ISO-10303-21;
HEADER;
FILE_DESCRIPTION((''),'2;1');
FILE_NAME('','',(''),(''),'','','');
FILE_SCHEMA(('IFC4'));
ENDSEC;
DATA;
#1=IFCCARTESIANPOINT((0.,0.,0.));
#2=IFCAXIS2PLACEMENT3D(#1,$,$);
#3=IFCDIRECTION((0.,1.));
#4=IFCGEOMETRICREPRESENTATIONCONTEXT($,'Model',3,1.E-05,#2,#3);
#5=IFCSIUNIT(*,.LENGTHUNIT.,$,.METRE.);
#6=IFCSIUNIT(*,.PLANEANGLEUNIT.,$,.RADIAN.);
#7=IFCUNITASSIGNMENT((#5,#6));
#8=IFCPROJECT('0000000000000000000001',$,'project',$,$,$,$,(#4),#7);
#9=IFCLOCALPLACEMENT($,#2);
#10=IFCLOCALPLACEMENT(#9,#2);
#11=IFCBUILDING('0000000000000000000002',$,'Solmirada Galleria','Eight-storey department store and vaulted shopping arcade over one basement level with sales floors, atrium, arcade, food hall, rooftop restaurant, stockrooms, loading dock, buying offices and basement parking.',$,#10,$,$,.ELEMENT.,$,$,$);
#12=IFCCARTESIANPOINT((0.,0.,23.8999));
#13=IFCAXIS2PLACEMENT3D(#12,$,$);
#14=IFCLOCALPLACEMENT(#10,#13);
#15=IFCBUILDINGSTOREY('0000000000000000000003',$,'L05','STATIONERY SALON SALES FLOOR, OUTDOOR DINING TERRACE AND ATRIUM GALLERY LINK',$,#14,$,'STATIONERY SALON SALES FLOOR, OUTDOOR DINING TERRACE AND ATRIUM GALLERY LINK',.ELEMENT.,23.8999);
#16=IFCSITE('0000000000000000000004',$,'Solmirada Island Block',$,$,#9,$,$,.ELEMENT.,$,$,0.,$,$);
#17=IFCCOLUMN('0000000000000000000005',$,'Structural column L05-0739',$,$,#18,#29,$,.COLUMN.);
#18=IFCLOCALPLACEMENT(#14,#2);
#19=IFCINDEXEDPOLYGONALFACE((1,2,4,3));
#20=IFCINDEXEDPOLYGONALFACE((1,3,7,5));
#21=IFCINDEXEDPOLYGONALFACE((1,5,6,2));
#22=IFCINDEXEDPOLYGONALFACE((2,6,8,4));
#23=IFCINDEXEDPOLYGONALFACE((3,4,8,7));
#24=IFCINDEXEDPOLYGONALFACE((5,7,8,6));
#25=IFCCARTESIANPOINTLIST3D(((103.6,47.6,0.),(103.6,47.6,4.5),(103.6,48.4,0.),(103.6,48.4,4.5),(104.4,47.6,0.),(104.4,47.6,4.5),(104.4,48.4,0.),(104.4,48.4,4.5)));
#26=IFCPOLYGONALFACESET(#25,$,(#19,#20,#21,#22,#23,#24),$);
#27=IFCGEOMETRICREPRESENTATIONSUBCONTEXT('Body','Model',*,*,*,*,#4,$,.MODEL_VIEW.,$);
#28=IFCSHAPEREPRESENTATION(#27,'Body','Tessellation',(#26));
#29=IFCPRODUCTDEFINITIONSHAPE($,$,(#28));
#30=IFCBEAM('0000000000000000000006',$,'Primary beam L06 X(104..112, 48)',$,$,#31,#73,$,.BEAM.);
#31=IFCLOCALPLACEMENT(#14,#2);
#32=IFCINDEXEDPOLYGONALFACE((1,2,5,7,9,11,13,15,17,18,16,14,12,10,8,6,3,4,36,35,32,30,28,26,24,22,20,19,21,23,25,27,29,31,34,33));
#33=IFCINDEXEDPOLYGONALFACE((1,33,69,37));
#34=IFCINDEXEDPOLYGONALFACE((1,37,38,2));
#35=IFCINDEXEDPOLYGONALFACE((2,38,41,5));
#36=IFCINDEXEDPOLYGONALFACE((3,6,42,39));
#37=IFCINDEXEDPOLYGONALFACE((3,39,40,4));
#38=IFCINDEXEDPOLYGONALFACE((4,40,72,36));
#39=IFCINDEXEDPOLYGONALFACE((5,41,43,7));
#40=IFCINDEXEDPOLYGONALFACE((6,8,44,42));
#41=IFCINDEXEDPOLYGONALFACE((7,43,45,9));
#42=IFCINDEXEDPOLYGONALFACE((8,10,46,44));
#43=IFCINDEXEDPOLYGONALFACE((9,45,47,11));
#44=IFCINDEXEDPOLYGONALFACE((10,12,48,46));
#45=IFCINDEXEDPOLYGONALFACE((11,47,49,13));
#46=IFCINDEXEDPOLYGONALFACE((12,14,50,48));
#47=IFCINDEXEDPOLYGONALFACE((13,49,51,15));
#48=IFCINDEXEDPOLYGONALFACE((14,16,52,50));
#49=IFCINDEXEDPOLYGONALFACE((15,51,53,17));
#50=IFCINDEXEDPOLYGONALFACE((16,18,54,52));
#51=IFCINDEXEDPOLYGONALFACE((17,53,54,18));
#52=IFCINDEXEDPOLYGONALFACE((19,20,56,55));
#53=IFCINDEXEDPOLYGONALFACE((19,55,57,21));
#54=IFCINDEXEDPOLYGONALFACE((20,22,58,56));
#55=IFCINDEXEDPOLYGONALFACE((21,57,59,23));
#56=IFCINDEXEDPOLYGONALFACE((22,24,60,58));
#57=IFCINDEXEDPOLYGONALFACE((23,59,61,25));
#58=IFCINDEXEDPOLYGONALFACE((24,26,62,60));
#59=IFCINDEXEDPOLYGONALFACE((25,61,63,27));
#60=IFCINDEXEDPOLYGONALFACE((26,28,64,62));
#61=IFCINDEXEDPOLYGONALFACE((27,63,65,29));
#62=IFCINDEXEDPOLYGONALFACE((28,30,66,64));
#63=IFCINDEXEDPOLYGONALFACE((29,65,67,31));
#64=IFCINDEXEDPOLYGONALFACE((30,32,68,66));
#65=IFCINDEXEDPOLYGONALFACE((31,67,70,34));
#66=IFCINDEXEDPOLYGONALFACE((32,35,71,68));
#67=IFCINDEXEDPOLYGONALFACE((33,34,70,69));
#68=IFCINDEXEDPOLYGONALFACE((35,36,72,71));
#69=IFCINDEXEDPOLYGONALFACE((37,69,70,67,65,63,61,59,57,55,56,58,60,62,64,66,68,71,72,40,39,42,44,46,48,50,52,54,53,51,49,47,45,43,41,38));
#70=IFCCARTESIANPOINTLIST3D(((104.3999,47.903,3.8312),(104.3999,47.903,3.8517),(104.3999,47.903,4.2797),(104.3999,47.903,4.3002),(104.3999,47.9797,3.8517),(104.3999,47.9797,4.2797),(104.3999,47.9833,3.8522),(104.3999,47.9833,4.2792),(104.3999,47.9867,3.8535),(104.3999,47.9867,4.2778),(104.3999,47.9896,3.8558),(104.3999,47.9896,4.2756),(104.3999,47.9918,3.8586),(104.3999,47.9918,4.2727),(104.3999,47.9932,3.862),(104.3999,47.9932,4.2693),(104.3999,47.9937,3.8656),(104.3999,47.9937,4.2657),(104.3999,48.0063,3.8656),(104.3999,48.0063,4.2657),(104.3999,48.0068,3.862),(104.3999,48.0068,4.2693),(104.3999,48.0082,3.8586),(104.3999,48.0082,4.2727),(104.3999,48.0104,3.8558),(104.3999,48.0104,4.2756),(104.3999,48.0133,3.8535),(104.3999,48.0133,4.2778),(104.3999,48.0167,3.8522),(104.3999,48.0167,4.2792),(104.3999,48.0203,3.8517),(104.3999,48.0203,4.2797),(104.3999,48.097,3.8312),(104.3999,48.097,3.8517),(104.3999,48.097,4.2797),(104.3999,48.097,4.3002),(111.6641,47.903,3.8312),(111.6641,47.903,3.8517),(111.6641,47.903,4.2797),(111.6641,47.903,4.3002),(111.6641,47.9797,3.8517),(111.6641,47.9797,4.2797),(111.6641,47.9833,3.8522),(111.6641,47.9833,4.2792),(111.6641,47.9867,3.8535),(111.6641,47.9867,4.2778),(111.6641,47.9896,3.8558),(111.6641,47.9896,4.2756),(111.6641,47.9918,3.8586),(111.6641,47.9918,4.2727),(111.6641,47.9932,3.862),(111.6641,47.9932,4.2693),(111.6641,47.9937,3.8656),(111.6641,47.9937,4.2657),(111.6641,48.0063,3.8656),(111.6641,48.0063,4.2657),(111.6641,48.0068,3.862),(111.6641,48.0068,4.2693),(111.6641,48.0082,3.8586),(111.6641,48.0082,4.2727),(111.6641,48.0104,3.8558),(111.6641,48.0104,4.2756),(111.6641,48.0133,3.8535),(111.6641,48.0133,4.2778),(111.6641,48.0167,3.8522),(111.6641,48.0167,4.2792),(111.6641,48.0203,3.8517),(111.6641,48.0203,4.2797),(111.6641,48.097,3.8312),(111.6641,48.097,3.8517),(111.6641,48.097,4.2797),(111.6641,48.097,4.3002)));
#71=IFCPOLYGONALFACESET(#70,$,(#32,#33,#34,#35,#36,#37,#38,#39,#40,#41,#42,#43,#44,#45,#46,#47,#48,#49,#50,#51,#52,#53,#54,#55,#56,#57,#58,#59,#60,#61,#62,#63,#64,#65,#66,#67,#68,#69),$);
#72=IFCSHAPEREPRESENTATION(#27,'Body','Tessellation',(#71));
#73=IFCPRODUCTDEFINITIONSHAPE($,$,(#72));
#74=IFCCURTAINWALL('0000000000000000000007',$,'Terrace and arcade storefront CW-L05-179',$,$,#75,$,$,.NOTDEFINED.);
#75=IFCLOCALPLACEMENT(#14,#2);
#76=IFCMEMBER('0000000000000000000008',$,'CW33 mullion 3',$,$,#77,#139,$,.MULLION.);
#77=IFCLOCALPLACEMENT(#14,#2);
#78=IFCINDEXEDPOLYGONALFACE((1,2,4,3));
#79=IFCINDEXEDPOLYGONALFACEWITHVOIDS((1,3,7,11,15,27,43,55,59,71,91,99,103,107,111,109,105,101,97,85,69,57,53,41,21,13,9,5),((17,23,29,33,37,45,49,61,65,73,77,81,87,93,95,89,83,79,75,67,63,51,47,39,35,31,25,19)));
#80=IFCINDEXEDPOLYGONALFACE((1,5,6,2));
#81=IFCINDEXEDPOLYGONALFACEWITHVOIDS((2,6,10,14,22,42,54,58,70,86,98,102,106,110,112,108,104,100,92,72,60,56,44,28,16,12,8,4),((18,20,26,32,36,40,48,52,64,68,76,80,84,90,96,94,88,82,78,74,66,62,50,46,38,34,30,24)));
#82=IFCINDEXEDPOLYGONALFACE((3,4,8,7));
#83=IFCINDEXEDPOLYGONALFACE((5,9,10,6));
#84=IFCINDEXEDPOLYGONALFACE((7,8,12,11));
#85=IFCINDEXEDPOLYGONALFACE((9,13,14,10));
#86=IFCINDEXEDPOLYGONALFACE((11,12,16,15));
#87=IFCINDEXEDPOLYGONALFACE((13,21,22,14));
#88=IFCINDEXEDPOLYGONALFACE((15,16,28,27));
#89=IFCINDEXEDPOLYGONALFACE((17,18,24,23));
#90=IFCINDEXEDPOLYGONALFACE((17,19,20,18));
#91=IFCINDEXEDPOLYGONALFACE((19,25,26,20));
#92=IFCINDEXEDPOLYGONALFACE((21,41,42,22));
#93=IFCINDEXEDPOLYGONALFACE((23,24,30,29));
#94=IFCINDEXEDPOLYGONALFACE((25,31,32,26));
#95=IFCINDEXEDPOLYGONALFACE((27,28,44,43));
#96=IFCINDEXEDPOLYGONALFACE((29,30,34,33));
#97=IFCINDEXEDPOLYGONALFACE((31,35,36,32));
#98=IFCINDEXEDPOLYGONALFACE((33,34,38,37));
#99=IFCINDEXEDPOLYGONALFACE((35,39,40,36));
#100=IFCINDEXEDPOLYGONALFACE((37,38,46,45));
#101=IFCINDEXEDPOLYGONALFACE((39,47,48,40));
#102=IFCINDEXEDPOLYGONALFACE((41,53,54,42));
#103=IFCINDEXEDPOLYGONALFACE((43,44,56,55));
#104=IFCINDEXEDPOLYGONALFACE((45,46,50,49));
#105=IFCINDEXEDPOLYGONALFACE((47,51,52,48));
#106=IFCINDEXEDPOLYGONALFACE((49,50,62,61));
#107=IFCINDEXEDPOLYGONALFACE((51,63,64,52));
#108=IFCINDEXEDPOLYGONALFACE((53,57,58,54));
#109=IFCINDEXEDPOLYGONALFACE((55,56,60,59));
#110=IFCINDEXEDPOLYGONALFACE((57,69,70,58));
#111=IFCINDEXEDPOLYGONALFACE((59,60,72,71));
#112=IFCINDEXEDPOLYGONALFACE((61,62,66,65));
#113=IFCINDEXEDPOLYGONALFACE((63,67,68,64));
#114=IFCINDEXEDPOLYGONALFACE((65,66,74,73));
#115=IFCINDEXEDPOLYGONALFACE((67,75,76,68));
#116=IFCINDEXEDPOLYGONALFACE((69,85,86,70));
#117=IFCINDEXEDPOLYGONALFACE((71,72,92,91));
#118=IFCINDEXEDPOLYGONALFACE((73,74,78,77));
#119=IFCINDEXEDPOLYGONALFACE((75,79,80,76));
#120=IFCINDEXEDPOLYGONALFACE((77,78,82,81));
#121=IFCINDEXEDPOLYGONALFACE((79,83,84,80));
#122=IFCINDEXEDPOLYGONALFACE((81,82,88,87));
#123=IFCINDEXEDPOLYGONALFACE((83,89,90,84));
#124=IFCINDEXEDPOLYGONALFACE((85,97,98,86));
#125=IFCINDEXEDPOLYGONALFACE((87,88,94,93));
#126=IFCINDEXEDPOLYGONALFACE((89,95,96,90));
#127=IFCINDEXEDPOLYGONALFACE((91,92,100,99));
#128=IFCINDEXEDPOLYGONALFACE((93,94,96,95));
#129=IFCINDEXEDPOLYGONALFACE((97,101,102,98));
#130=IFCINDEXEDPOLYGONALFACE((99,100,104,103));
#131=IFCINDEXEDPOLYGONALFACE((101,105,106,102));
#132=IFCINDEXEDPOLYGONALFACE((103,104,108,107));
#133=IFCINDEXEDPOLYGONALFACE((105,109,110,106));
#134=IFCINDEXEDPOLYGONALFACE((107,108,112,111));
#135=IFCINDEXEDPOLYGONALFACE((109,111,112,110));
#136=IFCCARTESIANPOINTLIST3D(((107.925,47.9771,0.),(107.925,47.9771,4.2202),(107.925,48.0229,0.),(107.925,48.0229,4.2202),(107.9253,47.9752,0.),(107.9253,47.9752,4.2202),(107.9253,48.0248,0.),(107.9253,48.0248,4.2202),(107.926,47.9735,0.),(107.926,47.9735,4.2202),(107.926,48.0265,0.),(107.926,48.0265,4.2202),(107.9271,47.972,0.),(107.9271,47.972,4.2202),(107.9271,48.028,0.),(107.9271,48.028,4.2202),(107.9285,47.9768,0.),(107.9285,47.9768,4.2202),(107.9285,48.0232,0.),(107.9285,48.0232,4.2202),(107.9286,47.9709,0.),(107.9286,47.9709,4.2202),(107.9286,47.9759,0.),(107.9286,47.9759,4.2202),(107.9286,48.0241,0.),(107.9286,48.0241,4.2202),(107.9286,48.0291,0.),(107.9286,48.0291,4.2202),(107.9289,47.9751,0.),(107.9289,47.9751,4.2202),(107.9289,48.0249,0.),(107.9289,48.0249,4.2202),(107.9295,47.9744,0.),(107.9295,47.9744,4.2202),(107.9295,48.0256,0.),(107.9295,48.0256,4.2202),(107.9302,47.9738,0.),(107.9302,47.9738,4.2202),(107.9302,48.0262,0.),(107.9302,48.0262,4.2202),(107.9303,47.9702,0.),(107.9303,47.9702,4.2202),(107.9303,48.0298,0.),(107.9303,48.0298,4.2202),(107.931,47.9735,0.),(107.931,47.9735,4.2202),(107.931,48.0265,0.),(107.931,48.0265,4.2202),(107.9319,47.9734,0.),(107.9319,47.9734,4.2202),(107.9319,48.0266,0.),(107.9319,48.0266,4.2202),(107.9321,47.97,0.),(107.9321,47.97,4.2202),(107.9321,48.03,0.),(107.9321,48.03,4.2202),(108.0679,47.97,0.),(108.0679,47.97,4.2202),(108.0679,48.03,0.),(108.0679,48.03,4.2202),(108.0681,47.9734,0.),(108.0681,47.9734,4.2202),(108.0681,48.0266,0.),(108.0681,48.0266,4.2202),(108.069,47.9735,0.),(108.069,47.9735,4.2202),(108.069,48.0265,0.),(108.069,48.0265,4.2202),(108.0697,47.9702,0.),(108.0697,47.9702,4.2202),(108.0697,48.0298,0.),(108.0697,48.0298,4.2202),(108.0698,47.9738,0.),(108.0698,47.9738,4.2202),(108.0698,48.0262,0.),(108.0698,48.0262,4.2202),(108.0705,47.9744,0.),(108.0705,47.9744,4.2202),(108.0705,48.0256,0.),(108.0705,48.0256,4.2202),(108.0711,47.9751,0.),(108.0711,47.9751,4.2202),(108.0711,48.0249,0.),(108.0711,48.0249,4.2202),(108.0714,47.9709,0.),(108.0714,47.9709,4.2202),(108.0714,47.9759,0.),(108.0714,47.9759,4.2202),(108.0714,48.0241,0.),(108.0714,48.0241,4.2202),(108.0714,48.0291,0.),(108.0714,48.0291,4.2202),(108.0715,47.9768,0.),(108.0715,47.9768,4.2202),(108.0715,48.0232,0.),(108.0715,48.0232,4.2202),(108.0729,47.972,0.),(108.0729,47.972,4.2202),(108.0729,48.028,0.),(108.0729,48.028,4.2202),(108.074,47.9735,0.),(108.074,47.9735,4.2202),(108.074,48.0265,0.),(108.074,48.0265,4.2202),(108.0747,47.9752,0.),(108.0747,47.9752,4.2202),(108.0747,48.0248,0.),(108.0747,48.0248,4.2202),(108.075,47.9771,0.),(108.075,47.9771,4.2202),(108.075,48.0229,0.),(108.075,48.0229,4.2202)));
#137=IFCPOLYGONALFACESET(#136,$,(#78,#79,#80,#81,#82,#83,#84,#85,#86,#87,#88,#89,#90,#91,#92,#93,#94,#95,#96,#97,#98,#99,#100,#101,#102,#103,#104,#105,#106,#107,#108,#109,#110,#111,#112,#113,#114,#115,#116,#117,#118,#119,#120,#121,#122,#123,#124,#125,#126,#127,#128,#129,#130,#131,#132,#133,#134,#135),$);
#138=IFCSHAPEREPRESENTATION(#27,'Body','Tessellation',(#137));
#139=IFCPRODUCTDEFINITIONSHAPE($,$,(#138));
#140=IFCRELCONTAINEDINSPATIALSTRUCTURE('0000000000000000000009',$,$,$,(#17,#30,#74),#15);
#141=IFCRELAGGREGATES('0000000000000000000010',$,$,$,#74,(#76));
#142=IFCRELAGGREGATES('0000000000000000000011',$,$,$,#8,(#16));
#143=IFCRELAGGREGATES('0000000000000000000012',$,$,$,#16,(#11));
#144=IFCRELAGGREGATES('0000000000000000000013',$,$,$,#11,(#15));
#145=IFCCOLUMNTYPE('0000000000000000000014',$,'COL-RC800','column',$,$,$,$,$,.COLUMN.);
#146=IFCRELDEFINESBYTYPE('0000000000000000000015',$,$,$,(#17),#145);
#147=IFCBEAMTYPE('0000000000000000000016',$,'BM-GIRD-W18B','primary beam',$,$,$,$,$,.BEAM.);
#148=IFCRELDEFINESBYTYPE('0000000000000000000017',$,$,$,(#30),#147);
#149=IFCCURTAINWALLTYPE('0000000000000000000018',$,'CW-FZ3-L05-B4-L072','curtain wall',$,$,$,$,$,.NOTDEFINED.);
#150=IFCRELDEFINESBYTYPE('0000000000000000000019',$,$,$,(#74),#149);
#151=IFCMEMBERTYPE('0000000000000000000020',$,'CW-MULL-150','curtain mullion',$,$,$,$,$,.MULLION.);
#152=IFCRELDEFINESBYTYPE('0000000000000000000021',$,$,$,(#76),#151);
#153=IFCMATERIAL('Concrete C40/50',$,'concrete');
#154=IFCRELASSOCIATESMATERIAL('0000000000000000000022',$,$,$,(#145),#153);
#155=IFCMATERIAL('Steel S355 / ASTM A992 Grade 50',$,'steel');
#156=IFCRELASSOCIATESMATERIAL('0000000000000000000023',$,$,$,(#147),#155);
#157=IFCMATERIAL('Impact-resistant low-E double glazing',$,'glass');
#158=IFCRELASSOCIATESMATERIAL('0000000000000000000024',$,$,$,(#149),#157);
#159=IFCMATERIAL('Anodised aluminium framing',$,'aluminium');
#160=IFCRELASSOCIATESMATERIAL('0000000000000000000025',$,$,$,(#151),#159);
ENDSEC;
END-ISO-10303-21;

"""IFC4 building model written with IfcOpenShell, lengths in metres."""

from ifc_helpers import new_model, si_unit, direction, frame, origin, origin_2d, place, context, subcontext, project, spatial, rectangle, hollow_rectangle, i_section, extrude, material, material_profile, profile_set, type_object, element, aggregate, save


model = new_model("IFC4")

# Units and contexts
model_context = context("Model", 3, precision=1e-05, world=origin(), true_north=direction((0.0, 1.0)))
body_context = subcontext(model_context, "Body", "Model", "MODEL_VIEW")
ifc_project = project(units=[si_unit("LENGTHUNIT", "METRE"), si_unit("PLANEANGLEUNIT", "RADIAN")], contexts=[model_context])

# Site, building, storey
site_placement = place(None, origin())
site = spatial("IfcSite", under=ifc_project, at=site_placement, Name="Solmirada Island Block", CompositionType="ELEMENT", RefElevation=0.0)
building_placement = place(site_placement, origin())
building = spatial("IfcBuilding", under=site, at=building_placement, Name="Solmirada Galleria", Description="Eight-storey department store and vaulted shopping arcade over one basement level with sales floors, atrium, arcade, food hall, rooftop restaurant, stockrooms, loading dock, buying offices and basement parking.", CompositionType="ELEMENT")
storey_placement = place(building_placement, frame((0.0, 0.0, 23.8999)))
storey = spatial("IfcBuildingStorey", under=building, at=storey_placement, Name="L05", Description="STATIONERY SALON SALES FLOOR, OUTDOOR DINING TERRACE AND ATRIUM GALLERY LINK", LongName="STATIONERY SALON SALES FLOOR, OUTDOOR DINING TERRACE AND ATRIUM GALLERY LINK", CompositionType="ELEMENT", Elevation=23.8999)

# Column
ifc_material_1 = material(Name="Concrete C40/50", Category="concrete")
ifc_material_profile_1 = material_profile(ifc_material_1, rectangle(XDim=0.8, YDim=0.8, at=origin_2d()), Name="RC800X800")
ifc_profile_set_1 = profile_set([ifc_material_profile_1], Name="Concrete C40/50")
column_type = type_object("IfcColumnType", Name="COL-RC800", Description="column", PredefinedType="COLUMN", material=ifc_profile_set_1)
column_placement = place(storey_placement, frame((104.0, 48.0, 0.0), z_axis=(0.0, 0.0, 1.0), x_axis=(1.0, 0.0, 0.0)))
element("IfcColumn", 1, at=column_placement, inside=storey, type_object=column_type, Name="Structural column L05-0739", PredefinedType="COLUMN", context=body_context, shape_type="SweptSolid", body=[
    extrude(rectangle(XDim=0.8, YDim=0.8, at=origin_2d()), origin(), (0.0, 0.0, 1.0), 4.5),
])

# Beam
ifc_material_2 = material(Name="Steel S355 / ASTM A992 Grade 50", Category="steel")
ifc_material_profile_2 = material_profile(ifc_material_2, i_section(OverallWidth=0.1941, OverallDepth=0.469, WebThickness=0.0127, FlangeThickness=0.0205, FilletRadius=0.0139, at=origin_2d()), Name="W18X71")
ifc_profile_set_2 = profile_set([ifc_material_profile_2], Name="Steel S355 / ASTM A992 Grade 50")
beam_type = type_object("IfcBeamType", Name="BM-GIRD-W18B", Description="primary beam", PredefinedType="BEAM", material=ifc_profile_set_2)
beam_placement = place(storey_placement, frame((104.3999, 48.0, 4.0657), z_axis=(1.0, 0.0, 0.0), x_axis=(0.0, 1.0, 0.0)))
element("IfcBeam", 2, at=beam_placement, inside=storey, type_object=beam_type, Name="Primary beam L06 X(104..112, 48)", PredefinedType="BEAM", context=body_context, shape_type="SweptSolid", body=[
    extrude(i_section(OverallWidth=0.1941, OverallDepth=0.469, WebThickness=0.0127, FlangeThickness=0.0205, FilletRadius=0.0139, at=origin_2d()), origin(), (0.0, 0.0, 1.0), 7.2642),
])

# Curtain wall, member
ifc_material_3 = material(Name="Impact-resistant low-E double glazing", Category="glass")
curtain_wall_type = type_object("IfcCurtainWallType", Name="CW-FZ3-L05-B4-L072", Description="curtain wall", PredefinedType="NOTDEFINED", material=ifc_material_3)
curtain_wall_1_placement = place(storey_placement, origin())
curtain_wall_1 = element("IfcCurtainWall", 3, at=curtain_wall_1_placement, inside=storey, type_object=curtain_wall_type, Name="Terrace and arcade storefront CW-L05-179", PredefinedType="NOTDEFINED")
ifc_material_4 = material(Name="Anodised aluminium framing", Category="aluminium")
ifc_material_profile_3 = material_profile(ifc_material_4, hollow_rectangle(XDim=0.0601, YDim=0.1499, WallThickness=0.0034, InnerFilletRadius=0.0034, OuterFilletRadius=0.0071, at=origin_2d()), Name="ALU-MULL-150X60")
ifc_profile_set_3 = profile_set([ifc_material_profile_3], Name="Anodised aluminium framing")
member_type_1 = type_object("IfcMemberType", Name="CW-MULL-150", Description="curtain mullion", PredefinedType="MULLION", material=ifc_profile_set_3)
member_1_placement = place(storey_placement, frame((108.0, 48.0, 0.0), z_axis=(0.0, 0.0, 1.0), x_axis=(0.0, -1.0, 0.0)))
member_1 = element("IfcMember", 4, at=member_1_placement, type_object=member_type_1, Name="CW33 mullion 3", PredefinedType="MULLION", context=body_context, shape_type="SweptSolid", body=[
    extrude(hollow_rectangle(XDim=0.0601, YDim=0.1499, WallThickness=0.0034, InnerFilletRadius=0.0034, OuterFilletRadius=0.0071, at=origin_2d()), origin(), (0.0, 0.0, 1.0), 4.2202),
])

aggregate(curtain_wall_1, [member_1])

save(model, "model.ifc")
